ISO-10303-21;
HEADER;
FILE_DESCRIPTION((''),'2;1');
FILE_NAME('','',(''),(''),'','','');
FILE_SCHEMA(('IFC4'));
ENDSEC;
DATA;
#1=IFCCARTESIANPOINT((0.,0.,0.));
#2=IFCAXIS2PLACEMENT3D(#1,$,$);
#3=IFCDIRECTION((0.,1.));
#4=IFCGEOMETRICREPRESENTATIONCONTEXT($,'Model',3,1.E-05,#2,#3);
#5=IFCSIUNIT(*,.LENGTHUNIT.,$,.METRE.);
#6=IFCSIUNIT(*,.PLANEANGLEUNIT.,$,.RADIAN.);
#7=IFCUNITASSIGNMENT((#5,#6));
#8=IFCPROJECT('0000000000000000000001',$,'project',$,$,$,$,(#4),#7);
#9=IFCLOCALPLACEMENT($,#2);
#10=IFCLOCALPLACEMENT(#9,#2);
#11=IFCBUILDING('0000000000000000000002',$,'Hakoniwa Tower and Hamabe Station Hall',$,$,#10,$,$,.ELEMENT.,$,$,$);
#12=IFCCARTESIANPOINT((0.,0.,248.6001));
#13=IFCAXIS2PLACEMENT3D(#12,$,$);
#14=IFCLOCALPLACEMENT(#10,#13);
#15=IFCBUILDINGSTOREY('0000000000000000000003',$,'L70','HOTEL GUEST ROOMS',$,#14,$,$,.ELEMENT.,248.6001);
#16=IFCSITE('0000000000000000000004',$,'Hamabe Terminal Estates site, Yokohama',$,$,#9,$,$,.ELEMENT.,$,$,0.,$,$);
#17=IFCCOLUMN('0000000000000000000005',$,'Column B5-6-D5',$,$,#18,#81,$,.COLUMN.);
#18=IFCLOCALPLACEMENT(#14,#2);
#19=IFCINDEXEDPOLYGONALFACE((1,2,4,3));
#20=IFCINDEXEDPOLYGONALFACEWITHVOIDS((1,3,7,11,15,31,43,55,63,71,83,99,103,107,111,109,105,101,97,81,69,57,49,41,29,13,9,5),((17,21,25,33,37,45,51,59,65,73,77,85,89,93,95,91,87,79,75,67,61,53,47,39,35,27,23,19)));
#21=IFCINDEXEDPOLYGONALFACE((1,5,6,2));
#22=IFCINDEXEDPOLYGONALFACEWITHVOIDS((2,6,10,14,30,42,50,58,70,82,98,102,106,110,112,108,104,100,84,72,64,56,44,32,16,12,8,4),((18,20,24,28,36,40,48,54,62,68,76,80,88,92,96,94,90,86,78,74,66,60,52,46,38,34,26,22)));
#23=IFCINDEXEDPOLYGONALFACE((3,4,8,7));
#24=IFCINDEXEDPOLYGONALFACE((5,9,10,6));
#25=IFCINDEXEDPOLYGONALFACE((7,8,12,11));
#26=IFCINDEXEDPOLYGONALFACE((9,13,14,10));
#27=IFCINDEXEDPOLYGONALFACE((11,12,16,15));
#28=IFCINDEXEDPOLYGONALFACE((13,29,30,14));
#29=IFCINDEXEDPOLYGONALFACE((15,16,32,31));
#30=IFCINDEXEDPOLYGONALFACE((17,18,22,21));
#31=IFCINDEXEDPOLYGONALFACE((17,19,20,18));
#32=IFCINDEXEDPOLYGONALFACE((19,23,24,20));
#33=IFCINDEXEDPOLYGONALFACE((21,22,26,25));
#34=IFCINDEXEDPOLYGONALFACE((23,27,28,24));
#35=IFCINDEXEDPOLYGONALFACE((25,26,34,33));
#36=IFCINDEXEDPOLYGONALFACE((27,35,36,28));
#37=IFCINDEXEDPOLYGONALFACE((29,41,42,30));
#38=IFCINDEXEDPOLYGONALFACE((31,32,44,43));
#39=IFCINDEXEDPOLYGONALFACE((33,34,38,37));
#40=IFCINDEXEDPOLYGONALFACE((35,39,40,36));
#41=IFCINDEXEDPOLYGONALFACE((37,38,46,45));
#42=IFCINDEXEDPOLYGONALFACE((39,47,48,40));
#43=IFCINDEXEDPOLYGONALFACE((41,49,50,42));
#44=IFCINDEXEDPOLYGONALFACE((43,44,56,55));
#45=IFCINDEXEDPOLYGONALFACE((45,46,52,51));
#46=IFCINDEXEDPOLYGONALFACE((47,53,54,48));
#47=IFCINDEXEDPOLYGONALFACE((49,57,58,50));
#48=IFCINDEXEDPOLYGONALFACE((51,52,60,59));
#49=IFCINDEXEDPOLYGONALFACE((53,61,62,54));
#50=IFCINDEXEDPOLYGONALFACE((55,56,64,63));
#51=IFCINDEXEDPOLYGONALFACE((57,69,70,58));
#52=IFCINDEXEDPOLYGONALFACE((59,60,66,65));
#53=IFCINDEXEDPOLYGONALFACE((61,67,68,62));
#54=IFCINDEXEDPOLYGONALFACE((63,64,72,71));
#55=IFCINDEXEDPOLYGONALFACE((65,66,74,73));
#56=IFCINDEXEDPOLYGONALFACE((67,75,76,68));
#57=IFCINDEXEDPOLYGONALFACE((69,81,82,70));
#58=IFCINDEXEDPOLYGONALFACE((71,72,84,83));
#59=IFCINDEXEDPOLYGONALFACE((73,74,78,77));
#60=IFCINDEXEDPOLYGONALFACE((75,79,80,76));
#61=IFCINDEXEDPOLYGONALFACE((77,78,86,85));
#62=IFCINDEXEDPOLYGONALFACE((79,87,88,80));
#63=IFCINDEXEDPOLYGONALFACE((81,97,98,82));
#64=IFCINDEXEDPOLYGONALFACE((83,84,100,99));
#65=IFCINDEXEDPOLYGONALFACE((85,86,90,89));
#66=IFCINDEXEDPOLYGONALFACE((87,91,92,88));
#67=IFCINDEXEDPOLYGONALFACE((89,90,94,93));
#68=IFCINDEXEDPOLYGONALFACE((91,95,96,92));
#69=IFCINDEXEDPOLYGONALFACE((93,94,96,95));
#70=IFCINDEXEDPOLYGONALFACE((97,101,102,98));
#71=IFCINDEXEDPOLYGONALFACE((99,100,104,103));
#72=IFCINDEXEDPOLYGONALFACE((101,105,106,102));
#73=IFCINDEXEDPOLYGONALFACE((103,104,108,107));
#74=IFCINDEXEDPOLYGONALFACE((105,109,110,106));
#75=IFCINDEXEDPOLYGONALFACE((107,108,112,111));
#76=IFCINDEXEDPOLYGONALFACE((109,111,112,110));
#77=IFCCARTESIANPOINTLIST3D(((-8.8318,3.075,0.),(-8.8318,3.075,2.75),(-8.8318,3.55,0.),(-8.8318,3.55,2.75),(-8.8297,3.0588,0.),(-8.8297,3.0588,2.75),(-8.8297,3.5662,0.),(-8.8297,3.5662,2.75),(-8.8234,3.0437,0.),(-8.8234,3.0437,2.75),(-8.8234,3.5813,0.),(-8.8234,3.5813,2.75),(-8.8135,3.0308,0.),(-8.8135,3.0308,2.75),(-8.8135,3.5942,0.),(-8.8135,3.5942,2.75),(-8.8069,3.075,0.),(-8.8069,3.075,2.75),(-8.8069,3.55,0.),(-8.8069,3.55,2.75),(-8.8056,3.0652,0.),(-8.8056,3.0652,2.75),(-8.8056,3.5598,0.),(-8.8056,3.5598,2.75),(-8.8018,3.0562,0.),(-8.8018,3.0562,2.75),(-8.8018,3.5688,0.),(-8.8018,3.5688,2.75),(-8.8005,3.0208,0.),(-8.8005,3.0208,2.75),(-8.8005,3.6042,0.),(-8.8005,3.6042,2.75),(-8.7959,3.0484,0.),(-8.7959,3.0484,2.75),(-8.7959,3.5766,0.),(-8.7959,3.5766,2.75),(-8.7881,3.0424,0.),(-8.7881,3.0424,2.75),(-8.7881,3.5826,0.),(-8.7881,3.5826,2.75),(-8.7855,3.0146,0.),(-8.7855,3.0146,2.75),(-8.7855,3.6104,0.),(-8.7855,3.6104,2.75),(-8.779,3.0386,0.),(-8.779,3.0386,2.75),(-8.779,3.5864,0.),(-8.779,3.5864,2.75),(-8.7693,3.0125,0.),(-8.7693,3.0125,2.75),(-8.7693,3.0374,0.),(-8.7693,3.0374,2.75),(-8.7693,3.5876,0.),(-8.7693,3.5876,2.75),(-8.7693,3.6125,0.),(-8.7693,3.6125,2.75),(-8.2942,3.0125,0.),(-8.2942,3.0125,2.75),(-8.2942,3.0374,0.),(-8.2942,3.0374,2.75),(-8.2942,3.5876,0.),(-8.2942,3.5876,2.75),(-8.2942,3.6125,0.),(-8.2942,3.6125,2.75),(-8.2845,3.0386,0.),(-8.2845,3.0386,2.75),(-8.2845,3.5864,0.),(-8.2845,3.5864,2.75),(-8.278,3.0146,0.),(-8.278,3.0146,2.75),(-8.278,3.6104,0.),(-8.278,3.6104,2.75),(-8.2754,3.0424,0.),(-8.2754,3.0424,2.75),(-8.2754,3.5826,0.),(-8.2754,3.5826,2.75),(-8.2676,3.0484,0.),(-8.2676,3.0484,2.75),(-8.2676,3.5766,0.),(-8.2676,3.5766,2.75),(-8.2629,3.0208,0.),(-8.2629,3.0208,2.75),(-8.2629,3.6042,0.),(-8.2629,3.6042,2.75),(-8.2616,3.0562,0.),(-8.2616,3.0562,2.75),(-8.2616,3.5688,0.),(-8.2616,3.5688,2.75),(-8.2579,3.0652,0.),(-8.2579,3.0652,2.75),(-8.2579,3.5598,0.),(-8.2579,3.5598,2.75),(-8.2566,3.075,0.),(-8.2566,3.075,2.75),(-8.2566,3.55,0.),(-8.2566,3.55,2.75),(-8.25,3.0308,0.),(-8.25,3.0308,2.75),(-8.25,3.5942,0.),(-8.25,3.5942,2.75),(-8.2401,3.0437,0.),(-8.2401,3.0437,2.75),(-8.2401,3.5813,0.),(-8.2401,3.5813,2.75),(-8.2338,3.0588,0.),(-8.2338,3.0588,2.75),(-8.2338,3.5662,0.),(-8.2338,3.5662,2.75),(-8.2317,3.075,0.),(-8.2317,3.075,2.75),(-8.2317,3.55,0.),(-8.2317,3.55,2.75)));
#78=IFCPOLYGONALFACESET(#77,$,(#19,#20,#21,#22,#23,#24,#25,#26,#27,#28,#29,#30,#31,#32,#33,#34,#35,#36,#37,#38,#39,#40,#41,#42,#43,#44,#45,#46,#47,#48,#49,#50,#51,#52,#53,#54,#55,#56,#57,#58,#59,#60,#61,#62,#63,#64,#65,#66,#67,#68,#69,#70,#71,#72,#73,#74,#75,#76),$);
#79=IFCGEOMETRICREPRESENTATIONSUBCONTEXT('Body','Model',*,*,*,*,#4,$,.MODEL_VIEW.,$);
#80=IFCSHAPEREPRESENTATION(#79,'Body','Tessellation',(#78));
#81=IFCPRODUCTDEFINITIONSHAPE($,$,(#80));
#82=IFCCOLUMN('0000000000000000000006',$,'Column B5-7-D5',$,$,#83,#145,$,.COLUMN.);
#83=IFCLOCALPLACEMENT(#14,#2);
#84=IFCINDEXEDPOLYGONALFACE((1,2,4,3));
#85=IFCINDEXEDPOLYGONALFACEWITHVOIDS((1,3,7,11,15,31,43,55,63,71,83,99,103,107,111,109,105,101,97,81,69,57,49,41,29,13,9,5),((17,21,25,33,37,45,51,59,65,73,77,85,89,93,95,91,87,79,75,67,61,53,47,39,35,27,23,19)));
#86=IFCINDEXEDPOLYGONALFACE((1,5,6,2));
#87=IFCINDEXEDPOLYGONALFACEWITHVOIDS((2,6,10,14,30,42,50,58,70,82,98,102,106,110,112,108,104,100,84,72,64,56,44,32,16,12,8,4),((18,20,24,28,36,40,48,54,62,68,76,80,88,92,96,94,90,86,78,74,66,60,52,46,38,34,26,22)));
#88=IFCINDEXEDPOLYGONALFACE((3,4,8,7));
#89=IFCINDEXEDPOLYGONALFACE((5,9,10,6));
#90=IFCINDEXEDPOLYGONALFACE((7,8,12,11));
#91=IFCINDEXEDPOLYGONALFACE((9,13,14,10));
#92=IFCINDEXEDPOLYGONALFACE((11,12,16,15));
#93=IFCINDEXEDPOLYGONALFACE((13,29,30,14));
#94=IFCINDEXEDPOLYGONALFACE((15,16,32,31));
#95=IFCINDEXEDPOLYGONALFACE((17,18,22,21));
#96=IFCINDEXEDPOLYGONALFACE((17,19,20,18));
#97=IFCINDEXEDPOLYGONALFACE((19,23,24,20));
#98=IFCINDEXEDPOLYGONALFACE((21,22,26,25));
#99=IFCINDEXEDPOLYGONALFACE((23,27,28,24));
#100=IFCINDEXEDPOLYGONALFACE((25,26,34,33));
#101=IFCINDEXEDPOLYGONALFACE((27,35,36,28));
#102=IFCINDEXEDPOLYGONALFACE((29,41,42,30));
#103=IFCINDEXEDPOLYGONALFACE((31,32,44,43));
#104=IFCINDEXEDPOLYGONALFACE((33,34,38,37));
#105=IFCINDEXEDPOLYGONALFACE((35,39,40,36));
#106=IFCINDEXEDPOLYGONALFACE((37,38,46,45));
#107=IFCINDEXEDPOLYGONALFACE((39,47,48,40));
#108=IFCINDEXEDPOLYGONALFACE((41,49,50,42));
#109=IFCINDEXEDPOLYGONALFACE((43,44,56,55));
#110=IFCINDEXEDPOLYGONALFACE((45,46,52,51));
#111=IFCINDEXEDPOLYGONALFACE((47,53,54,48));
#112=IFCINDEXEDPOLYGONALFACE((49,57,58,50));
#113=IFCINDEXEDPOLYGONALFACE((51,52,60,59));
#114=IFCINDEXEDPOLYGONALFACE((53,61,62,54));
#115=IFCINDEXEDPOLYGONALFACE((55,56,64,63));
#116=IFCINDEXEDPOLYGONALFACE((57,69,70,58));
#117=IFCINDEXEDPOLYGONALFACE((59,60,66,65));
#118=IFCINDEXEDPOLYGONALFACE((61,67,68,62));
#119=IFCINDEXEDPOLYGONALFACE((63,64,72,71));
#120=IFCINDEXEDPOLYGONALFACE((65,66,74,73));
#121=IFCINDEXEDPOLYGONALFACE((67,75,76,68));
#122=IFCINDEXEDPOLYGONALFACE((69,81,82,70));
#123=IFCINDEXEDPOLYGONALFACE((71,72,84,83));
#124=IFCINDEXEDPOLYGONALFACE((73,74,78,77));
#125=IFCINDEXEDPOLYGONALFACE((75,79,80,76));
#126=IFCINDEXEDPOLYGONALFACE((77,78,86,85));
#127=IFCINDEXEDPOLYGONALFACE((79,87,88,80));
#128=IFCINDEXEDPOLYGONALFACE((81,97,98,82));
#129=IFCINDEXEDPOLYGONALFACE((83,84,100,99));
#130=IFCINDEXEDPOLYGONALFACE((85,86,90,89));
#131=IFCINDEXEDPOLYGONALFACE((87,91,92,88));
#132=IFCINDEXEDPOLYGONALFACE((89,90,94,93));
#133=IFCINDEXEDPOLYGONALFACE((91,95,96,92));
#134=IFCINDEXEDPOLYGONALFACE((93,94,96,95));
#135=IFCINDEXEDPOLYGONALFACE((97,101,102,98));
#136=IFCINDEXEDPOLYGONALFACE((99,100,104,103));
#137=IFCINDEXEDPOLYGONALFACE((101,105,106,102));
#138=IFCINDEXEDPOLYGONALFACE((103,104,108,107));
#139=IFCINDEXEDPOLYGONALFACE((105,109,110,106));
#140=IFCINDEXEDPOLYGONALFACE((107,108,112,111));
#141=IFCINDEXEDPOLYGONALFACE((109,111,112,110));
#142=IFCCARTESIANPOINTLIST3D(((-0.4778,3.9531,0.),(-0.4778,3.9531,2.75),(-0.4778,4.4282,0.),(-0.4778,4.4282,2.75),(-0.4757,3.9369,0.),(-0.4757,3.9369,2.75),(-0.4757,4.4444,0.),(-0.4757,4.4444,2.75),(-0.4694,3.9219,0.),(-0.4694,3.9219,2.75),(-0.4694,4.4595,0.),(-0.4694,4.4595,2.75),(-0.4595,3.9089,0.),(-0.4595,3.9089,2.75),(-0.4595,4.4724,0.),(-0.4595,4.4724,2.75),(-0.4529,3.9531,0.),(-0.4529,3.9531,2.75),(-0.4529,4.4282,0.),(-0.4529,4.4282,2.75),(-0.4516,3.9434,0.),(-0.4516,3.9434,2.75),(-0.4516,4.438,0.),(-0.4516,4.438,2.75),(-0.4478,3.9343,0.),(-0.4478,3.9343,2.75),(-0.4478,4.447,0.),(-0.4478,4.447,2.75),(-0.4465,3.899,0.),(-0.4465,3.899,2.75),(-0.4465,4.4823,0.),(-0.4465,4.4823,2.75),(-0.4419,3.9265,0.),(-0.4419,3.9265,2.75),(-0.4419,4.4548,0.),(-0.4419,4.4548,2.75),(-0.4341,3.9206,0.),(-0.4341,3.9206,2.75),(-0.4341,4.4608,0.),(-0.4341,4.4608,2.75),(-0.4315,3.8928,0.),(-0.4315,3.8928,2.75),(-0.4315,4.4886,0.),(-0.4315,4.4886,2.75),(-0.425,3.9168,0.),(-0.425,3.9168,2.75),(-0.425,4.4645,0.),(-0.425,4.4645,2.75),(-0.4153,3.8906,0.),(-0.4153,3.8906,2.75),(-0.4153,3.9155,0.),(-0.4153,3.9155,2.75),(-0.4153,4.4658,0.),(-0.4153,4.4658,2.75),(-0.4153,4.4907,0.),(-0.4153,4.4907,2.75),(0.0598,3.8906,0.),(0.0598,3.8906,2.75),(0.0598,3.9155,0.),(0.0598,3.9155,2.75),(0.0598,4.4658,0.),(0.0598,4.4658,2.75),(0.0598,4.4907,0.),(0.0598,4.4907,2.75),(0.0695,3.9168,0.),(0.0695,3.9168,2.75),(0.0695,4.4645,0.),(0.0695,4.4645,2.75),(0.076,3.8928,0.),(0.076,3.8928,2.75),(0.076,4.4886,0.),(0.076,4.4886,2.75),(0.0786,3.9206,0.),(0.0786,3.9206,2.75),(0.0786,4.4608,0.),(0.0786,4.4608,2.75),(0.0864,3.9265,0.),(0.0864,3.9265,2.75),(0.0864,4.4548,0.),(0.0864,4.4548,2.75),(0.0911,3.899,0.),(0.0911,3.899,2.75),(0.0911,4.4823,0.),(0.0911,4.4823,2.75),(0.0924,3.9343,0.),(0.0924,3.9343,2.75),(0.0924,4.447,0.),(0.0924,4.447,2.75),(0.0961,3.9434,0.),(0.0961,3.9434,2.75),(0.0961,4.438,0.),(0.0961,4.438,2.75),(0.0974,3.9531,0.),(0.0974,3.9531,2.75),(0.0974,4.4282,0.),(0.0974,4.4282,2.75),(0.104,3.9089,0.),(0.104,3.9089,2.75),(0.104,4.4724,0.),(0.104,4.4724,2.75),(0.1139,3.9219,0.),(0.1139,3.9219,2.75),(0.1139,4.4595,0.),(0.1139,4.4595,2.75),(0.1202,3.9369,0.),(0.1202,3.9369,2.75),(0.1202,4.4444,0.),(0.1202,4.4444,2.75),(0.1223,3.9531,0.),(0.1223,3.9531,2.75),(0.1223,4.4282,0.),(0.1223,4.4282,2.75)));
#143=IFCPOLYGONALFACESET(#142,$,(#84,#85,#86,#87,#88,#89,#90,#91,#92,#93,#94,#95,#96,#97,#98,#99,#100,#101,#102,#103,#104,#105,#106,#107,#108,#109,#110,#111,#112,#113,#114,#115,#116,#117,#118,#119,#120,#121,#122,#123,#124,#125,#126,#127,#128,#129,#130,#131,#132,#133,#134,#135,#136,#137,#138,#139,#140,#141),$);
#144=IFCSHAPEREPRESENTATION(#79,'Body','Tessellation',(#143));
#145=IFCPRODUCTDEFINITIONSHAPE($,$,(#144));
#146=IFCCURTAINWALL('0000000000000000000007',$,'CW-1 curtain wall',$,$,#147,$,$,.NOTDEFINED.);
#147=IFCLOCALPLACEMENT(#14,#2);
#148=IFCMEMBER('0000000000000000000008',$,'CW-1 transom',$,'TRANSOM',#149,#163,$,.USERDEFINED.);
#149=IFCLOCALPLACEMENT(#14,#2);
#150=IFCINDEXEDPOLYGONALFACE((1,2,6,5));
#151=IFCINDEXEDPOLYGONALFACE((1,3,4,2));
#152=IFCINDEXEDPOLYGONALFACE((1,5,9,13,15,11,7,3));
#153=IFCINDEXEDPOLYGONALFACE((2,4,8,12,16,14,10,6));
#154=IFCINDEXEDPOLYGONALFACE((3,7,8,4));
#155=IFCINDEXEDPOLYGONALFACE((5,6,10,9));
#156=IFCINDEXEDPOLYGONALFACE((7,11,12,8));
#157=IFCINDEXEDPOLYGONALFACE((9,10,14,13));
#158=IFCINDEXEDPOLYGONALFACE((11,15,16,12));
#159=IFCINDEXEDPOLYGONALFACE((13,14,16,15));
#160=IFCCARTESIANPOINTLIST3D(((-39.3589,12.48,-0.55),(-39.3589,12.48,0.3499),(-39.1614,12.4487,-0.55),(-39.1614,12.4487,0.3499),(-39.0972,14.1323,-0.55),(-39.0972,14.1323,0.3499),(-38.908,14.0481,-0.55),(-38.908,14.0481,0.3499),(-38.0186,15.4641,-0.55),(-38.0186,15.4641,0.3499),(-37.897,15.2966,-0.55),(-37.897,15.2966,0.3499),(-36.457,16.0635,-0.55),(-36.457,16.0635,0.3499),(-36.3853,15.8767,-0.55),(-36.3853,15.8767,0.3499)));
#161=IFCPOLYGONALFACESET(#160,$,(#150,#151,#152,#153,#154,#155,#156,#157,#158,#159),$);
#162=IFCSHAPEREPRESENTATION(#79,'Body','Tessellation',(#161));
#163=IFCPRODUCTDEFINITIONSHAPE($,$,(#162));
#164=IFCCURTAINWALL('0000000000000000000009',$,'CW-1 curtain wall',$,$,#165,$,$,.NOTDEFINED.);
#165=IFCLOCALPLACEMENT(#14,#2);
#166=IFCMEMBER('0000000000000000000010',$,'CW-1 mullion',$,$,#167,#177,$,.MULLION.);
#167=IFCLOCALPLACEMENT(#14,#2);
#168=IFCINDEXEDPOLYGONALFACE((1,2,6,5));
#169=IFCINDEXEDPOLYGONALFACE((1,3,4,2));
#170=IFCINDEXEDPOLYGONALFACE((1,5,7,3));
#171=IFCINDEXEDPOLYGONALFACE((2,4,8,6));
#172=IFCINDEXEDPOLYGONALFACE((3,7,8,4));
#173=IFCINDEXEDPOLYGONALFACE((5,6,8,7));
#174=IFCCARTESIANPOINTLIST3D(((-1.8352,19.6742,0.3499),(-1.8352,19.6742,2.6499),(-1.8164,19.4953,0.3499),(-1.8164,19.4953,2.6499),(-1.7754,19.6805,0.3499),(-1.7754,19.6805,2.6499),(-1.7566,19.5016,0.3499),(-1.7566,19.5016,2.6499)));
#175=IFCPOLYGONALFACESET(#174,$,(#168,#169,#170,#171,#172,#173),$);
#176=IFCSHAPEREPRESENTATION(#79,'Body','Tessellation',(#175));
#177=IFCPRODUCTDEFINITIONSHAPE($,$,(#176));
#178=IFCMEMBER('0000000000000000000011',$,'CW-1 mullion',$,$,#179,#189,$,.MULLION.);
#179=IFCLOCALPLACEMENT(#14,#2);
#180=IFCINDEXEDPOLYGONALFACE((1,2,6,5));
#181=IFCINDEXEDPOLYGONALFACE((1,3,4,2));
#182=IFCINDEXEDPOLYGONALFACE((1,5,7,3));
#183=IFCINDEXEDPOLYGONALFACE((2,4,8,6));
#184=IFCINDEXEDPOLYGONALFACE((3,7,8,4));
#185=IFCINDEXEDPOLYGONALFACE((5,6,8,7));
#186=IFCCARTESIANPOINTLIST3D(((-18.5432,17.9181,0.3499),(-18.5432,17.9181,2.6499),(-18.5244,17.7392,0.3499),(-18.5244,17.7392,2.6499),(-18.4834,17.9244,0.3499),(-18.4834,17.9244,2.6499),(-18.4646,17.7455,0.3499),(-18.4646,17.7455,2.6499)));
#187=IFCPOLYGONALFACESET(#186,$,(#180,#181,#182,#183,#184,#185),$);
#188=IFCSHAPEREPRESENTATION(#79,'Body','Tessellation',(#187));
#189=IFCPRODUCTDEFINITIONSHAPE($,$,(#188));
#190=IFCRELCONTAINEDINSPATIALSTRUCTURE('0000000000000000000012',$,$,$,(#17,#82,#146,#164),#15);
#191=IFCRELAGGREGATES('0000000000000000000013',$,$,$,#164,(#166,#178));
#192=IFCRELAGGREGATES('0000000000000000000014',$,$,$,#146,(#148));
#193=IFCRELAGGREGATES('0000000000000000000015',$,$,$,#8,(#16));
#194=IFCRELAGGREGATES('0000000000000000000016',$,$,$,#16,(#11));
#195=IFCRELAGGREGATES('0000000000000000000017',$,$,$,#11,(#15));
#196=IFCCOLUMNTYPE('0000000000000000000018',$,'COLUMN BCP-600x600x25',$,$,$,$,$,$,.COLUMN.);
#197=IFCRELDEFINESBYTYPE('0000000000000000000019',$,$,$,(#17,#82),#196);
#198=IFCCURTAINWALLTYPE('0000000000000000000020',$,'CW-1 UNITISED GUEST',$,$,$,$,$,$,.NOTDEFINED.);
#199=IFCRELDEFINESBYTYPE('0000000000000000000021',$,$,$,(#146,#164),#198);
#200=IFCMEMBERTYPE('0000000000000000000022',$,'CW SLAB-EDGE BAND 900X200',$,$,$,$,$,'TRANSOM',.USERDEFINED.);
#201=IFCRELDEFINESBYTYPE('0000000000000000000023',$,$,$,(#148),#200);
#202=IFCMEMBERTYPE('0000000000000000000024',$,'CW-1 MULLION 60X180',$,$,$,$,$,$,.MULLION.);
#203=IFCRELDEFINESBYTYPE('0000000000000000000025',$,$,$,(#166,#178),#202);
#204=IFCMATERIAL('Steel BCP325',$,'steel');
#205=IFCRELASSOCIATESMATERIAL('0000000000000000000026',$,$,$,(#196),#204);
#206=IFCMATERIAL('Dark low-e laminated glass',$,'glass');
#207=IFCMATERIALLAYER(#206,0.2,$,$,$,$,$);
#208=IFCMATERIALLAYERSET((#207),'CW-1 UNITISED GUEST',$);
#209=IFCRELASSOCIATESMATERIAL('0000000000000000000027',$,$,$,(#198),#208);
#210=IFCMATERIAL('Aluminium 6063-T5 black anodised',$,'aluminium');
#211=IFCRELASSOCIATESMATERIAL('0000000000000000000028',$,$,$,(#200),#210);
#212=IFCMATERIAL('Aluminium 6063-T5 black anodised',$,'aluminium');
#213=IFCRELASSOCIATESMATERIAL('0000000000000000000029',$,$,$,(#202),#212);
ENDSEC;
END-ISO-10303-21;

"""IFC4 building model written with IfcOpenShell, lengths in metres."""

from ifc_helpers import new_model, si_unit, direction, frame, origin, origin_2d, place, context, subcontext, project, spatial, polyline, rectangle, hollow_rectangle, outline, extrude, material, layer, layer_set, material_profile, profile_set, type_object, element, aggregate, save


model = new_model("IFC4")

# Units and contexts
model_context = context("Model", 3, precision=1e-05, world=origin(), true_north=direction((0.0, 1.0)))
body_context = subcontext(model_context, "Body", "Model", "MODEL_VIEW")
ifc_project = project(units=[si_unit("LENGTHUNIT", "METRE"), si_unit("PLANEANGLEUNIT", "RADIAN")], contexts=[model_context])

# Site, building, storey
site_placement = place(None, origin())
site = spatial("IfcSite", under=ifc_project, at=site_placement, Name="Hamabe Terminal Estates site, Yokohama", CompositionType="ELEMENT", RefElevation=0.0)
building_placement = place(site_placement, origin())
building = spatial("IfcBuilding", under=site, at=building_placement, Name="Hakoniwa Tower and Hamabe Station Hall", CompositionType="ELEMENT")
storey_placement = place(building_placement, frame((0.0, 0.0, 248.6001)))
storey = spatial("IfcBuildingStorey", under=building, at=storey_placement, Name="L70", Description="HOTEL GUEST ROOMS", CompositionType="ELEMENT", Elevation=248.6001)

# Columns
ifc_material_1 = material(Name="Steel BCP325", Category="steel")
ifc_material_profile_1 = material_profile(ifc_material_1, hollow_rectangle(XDim=0.6001, YDim=0.6001, WallThickness=0.0249, InnerFilletRadius=0.0376, OuterFilletRadius=0.0625, at=origin_2d()), Name="BCP-600x600x25")
ifc_profile_set_1 = profile_set([ifc_material_profile_1], Name="Steel BCP325")
column_type_1 = type_object("IfcColumnType", Name="COLUMN BCP-600x600x25", PredefinedType="COLUMN", material=ifc_profile_set_1)
for number, where, z_axis, x_axis, name in (
    (1, (-8.5317, 3.3125, 0.0), (0.0, 0.0, 1.0), (1.0, 0.0, 0.0), "Column B5-6-D5"),
    (2, (-0.1777, 4.1907, 0.0), (0.0, 0.0, 1.0), (1.0, 0.0, 0.0), "Column B5-7-D5"),
):
    element("IfcColumn", number, at=place(storey_placement, frame(where, z_axis=z_axis, x_axis=x_axis)), inside=storey, type_object=column_type_1, Name=name, PredefinedType="COLUMN", context=body_context, shape_type="SweptSolid", body=[
        extrude(hollow_rectangle(XDim=0.6001, YDim=0.6001, WallThickness=0.0249, InnerFilletRadius=0.0376, OuterFilletRadius=0.0625, at=origin_2d()), origin(), (0.0, 0.0, 1.0), 2.75),
    ])

# Curtain wall, member
ifc_material_2 = material(Name="Dark low-e laminated glass", Category="glass")
ifc_layer_1 = layer(ifc_material_2, 0.2)
ifc_layer_set_1 = layer_set([ifc_layer_1], Name="CW-1 UNITISED GUEST")
curtain_wall_type = type_object("IfcCurtainWallType", Name="CW-1 UNITISED GUEST", PredefinedType="NOTDEFINED", material=ifc_layer_set_1)
curtain_wall_1_placement = place(storey_placement, origin())
curtain_wall_1 = element("IfcCurtainWall", 3, at=curtain_wall_1_placement, inside=storey, type_object=curtain_wall_type, Name="CW-1 curtain wall", PredefinedType="NOTDEFINED")
ifc_material_3 = material(Name="Aluminium 6063-T5 black anodised", Category="aluminium")
ifc_material_profile_2 = material_profile(ifc_material_3, rectangle(XDim=0.2, YDim=0.8999, at=origin_2d()), Name="CW SLAB-EDGE BAND 900X200")
ifc_profile_set_2 = profile_set([ifc_material_profile_2], Name="Aluminium 6063-T5 black anodised")
member_type_1 = type_object("IfcMemberType", Name="CW SLAB-EDGE BAND 900X200", ElementType="TRANSOM", PredefinedType="USERDEFINED", material=ifc_profile_set_2)
member_1_placement = place(storey_placement, frame((0.0, 0.0, -0.55)))
member_1 = element("IfcMember", 4, at=member_1_placement, type_object=member_type_1, Name="CW-1 transom", ObjectType="TRANSOM", PredefinedType="USERDEFINED", context=body_context, shape_type="SweptSolid", body=[
    extrude(outline(polyline([(-36.457, 16.0635), (-38.0186, 15.4641), (-39.0972, 14.1323), (-39.3589, 12.48), (-39.1614, 12.4487), (-38.908, 14.0481), (-37.897, 15.2966), (-36.3853, 15.8767), (-36.457, 16.0635)])), origin(), (0.0, 0.0, 1.0), 0.8999),
])

# Curtain wall, members
curtain_wall_2_placement = place(storey_placement, origin())
curtain_wall_2 = element("IfcCurtainWall", 5, at=curtain_wall_2_placement, inside=storey, type_object=curtain_wall_type, Name="CW-1 curtain wall", PredefinedType="NOTDEFINED")
ifc_material_4 = material(Name="Aluminium 6063-T5 black anodised", Category="aluminium")
ifc_material_profile_3 = material_profile(ifc_material_4, rectangle(XDim=0.0601, YDim=0.1799, at=origin_2d()), Name="CW-1 MULLION 60X180")
ifc_profile_set_3 = profile_set([ifc_material_profile_3], Name="Aluminium 6063-T5 black anodised")
member_type_2 = type_object("IfcMemberType", Name="CW-1 MULLION 60X180", PredefinedType="MULLION", material=ifc_profile_set_3)
member_2_placement = place(storey_placement, frame((-1.7959, 19.5879, 0.3499), z_axis=(0.0, 0.0, 1.0), x_axis=(-0.994522, -0.104528, 0.0)))
member_2 = element("IfcMember", 6, at=member_2_placement, type_object=member_type_2, Name="CW-1 mullion", PredefinedType="MULLION", context=body_context, shape_type="SweptSolid", body=[
    extrude(rectangle(XDim=0.0601, YDim=0.1799, at=origin_2d()), origin(), (0.0, 0.0, 1.0), 2.3),
])
member_3_placement = place(storey_placement, frame((-18.5039, 17.8318, 0.3499), z_axis=(0.0, 0.0, 1.0), x_axis=(-0.994522, -0.104528, 0.0)))
member_3 = element("IfcMember", 7, at=member_3_placement, type_object=member_type_2, Name="CW-1 mullion", PredefinedType="MULLION", context=body_context, shape_type="SweptSolid", body=[
    extrude(rectangle(XDim=0.0601, YDim=0.1799, at=origin_2d()), origin(), (0.0, 0.0, 1.0), 2.3),
])
aggregate(curtain_wall_2, [member_2, member_3])

aggregate(curtain_wall_1, [member_1])

save(model, "model.ifc")
